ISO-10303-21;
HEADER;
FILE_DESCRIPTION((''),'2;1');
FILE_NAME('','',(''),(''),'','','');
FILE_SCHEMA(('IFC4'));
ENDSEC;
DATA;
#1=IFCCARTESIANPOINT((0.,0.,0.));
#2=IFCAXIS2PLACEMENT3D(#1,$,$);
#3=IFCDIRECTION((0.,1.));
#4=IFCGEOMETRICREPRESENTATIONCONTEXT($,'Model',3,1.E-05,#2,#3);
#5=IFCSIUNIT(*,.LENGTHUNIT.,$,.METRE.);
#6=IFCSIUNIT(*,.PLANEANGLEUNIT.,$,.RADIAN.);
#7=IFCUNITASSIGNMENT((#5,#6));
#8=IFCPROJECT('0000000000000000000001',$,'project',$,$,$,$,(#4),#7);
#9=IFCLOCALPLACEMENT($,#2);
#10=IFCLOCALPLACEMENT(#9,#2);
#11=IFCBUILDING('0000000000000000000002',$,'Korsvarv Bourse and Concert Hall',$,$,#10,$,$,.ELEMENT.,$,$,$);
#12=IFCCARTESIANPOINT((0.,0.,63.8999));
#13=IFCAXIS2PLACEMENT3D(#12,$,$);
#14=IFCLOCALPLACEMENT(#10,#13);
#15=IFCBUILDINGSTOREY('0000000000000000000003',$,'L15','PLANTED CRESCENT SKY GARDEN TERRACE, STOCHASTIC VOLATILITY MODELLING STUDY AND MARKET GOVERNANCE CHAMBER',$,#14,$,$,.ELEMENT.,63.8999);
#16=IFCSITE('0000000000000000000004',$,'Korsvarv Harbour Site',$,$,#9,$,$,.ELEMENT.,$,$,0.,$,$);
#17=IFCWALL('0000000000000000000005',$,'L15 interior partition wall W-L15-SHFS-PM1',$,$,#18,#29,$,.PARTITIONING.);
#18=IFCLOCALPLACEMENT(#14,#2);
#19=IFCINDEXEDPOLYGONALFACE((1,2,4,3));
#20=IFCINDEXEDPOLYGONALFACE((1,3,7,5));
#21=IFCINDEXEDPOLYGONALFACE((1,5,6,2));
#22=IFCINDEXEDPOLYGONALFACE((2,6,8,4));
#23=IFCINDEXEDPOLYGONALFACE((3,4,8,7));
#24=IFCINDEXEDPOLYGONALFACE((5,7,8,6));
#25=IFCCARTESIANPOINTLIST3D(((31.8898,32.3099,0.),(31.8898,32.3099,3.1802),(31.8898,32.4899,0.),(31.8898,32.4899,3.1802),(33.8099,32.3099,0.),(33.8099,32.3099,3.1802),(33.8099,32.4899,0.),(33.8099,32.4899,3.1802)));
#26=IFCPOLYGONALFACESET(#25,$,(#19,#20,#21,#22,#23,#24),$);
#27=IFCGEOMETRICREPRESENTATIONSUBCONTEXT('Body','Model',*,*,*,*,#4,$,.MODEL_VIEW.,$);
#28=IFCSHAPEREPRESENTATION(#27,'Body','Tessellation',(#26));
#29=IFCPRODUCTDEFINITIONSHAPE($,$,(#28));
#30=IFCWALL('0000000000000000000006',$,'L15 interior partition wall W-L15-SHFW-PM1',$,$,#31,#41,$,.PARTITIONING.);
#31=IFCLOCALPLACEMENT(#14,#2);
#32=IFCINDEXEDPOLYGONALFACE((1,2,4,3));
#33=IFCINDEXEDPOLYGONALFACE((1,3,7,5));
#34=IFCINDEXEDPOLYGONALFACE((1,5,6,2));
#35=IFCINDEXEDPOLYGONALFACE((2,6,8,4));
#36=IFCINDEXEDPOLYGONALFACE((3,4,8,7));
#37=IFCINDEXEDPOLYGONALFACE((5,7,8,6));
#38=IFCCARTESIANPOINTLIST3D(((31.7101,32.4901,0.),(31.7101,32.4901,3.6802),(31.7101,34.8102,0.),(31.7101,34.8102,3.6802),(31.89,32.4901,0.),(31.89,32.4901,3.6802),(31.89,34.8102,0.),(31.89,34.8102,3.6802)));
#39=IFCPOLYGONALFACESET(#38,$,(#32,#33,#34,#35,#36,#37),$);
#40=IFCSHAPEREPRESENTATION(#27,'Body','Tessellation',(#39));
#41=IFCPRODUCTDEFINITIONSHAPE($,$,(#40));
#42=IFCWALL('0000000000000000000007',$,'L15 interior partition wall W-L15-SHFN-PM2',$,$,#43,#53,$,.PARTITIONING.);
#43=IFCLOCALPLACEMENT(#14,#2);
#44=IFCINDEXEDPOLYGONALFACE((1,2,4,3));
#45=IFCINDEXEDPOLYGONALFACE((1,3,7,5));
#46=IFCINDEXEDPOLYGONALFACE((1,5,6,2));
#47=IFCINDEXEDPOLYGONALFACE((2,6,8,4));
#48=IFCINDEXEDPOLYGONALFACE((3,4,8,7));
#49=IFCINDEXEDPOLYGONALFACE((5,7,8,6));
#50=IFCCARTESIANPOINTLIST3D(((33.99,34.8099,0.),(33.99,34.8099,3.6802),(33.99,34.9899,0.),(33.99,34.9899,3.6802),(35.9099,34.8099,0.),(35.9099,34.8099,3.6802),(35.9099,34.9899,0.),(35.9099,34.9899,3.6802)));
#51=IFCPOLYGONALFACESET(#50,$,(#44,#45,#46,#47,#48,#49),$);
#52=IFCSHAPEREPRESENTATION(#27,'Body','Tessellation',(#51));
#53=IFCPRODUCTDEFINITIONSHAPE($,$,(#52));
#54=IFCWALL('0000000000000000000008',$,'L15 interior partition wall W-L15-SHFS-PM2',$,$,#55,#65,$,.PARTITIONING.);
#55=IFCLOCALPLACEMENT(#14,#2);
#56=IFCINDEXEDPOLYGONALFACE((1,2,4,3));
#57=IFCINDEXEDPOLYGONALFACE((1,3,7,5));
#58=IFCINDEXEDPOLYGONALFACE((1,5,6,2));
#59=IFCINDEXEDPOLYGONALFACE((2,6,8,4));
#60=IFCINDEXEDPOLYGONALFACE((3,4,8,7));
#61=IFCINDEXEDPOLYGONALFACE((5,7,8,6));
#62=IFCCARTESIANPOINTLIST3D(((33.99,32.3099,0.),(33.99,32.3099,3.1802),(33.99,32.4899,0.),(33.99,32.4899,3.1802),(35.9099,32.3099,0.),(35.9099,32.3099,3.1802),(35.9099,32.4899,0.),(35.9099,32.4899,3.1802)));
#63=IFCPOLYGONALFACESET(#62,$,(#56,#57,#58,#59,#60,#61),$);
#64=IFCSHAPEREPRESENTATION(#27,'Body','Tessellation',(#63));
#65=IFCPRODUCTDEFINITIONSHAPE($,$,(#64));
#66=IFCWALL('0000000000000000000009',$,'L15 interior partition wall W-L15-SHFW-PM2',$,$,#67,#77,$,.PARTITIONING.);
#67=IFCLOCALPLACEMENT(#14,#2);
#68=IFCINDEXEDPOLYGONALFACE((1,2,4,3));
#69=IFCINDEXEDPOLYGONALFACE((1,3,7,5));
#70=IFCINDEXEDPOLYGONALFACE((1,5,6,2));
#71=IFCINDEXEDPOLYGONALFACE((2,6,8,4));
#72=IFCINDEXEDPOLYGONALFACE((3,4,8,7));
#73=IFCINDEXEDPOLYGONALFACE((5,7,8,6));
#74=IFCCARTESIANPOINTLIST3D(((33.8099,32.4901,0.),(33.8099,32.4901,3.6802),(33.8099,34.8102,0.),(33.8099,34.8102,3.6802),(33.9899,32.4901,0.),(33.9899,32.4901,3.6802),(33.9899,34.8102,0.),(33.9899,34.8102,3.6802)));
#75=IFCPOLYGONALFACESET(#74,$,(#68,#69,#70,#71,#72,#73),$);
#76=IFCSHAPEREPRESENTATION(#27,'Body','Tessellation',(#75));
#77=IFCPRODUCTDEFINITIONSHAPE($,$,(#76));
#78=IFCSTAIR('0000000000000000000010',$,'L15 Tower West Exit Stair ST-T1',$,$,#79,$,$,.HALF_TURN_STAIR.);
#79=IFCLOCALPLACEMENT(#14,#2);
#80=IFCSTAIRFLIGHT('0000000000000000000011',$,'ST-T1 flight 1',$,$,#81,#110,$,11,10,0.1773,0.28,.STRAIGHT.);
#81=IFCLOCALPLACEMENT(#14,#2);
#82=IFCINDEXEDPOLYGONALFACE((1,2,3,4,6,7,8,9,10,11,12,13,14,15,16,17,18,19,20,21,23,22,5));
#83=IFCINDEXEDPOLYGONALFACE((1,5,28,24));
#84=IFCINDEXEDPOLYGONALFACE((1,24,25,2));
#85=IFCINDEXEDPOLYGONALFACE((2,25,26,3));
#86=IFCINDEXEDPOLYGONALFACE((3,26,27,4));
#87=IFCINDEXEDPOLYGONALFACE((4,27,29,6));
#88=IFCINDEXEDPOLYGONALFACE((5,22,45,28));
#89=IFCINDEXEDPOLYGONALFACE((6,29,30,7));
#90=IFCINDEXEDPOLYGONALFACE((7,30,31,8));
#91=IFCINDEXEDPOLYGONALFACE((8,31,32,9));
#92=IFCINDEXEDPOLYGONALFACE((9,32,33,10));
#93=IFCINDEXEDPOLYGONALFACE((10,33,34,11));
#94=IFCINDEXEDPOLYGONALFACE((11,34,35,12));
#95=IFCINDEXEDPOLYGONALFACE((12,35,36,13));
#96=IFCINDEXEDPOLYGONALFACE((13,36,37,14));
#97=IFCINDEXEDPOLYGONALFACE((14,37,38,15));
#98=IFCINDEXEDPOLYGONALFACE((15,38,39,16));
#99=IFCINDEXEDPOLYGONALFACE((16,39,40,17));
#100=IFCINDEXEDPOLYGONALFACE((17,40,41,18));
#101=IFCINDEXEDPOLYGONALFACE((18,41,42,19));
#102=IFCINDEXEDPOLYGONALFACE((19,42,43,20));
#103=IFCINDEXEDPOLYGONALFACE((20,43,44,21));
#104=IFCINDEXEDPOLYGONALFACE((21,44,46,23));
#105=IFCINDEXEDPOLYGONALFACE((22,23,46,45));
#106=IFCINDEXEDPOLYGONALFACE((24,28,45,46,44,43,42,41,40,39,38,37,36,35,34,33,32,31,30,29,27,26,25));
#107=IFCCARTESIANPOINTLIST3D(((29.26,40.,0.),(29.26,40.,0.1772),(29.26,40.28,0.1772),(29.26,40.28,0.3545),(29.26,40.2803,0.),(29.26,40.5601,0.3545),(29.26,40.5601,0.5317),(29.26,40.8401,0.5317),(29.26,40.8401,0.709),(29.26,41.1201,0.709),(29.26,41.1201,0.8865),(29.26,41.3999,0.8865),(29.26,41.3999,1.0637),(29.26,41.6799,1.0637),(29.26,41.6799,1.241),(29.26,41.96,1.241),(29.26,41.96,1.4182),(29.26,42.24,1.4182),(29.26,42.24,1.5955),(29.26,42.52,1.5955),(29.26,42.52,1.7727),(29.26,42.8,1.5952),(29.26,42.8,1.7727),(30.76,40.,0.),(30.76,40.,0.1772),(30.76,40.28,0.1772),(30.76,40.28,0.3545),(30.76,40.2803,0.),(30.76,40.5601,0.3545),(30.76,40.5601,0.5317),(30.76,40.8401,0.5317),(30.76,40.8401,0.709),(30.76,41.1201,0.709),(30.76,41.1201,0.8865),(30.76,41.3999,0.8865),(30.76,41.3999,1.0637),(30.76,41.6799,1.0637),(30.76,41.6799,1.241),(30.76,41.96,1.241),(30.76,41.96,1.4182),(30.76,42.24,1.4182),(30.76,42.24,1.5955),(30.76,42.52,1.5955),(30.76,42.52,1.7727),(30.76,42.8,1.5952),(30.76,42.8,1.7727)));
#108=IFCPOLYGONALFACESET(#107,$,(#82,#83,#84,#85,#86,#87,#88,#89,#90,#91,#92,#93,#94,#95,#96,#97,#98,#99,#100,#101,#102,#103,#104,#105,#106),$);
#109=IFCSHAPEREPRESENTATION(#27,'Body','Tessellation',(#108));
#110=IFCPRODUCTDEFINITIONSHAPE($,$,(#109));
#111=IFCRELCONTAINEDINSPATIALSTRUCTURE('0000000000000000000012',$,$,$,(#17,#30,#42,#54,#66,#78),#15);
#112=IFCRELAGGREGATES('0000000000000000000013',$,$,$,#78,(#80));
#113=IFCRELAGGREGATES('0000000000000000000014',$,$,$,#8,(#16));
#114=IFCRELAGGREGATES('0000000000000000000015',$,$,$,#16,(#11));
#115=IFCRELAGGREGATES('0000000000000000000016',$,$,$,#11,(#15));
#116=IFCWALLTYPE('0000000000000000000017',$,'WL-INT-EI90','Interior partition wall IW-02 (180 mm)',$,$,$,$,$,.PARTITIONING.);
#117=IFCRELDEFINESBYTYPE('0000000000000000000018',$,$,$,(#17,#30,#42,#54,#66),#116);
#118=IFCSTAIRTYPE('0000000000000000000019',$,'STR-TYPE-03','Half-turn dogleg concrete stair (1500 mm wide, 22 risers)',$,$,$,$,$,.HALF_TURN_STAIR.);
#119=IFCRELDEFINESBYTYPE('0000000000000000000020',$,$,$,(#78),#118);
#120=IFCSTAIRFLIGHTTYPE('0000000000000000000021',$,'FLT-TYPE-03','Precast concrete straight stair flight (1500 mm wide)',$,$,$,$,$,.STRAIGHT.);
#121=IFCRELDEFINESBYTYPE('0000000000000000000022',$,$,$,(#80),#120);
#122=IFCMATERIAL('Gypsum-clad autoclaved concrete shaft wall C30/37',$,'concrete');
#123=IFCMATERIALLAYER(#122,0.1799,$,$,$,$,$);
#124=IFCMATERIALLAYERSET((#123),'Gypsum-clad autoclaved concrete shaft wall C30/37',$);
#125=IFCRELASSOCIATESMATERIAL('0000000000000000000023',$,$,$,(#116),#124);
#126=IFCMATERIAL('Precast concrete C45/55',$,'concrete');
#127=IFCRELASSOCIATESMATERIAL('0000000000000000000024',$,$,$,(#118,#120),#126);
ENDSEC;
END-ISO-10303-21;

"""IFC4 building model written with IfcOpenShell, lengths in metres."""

from ifc_helpers import new_model, si_unit, direction, frame, frame_2d, origin, place, context, subcontext, project, spatial, polyline, rectangle, outline, extrude, material, layer, layer_set, type_object, element, aggregate, save


model = new_model("IFC4")

# Units and contexts
model_context = context("Model", 3, precision=1e-05, world=origin(), true_north=direction((0.0, 1.0)))
body_context = subcontext(model_context, "Body", "Model", "MODEL_VIEW")
ifc_project = project(units=[si_unit("LENGTHUNIT", "METRE"), si_unit("PLANEANGLEUNIT", "RADIAN")], contexts=[model_context])

# Site, building, storey
site_placement = place(None, origin())
site = spatial("IfcSite", under=ifc_project, at=site_placement, Name="Korsvarv Harbour Site", CompositionType="ELEMENT", RefElevation=0.0)
building_placement = place(site_placement, origin())
building = spatial("IfcBuilding", under=site, at=building_placement, Name="Korsvarv Bourse and Concert Hall", CompositionType="ELEMENT")
storey_placement = place(building_placement, frame((0.0, 0.0, 63.8999)))
storey = spatial("IfcBuildingStorey", under=building, at=storey_placement, Name="L15", Description="PLANTED CRESCENT SKY GARDEN TERRACE, STOCHASTIC VOLATILITY MODELLING STUDY AND MARKET GOVERNANCE CHAMBER", CompositionType="ELEMENT", Elevation=63.8999)

# Shared definitions
ifc_material_1 = material(Name="Gypsum-clad autoclaved concrete shaft wall C30/37", Category="concrete")
ifc_layer_1 = layer(ifc_material_1, 0.1799)
ifc_layer_set_1 = layer_set([ifc_layer_1], Name="Gypsum-clad autoclaved concrete shaft wall C30/37")
wall_type_1 = type_object("IfcWallType", Name="WL-INT-EI90", Description="Interior partition wall IW-02 (180 mm)", PredefinedType="PARTITIONING", material=ifc_layer_set_1)

# Walls
wall_1_placement = place(storey_placement, frame((31.8899, 32.3999, 0.0), z_axis=(0.0, 0.0, 1.0), x_axis=(1.0, 0.0, 0.0)))
element("IfcWall", 1, at=wall_1_placement, inside=storey, type_object=wall_type_1, Name="L15 interior partition wall W-L15-SHFS-PM1", PredefinedType="PARTITIONING", context=body_context, shape_type="SweptSolid", body=[
    extrude(rectangle(XDim=1.9202, YDim=0.1799, at=frame_2d((0.96, 0.0))), origin(), (0.0, 0.0, 1.0), 3.1802),
])
wall_2_placement = place(storey_placement, frame((31.8, 32.49, 0.0), z_axis=(0.0, 0.0, 1.0), x_axis=(0.0, 1.0, 0.0)))
element("IfcWall", 2, at=wall_2_placement, inside=storey, type_object=wall_type_1, Name="L15 interior partition wall W-L15-SHFW-PM1", PredefinedType="PARTITIONING", context=body_context, shape_type="SweptSolid", body=[
    extrude(rectangle(XDim=2.3201, YDim=0.1799, at=frame_2d((1.1602, 0.0))), origin(), (0.0, 0.0, 1.0), 3.6802),
])
wall_3_placement = place(storey_placement, frame((33.99, 34.8999, 0.0), z_axis=(0.0, 0.0, 1.0), x_axis=(1.0, 0.0, 0.0)))
element("IfcWall", 3, at=wall_3_placement, inside=storey, type_object=wall_type_1, Name="L15 interior partition wall W-L15-SHFN-PM2", PredefinedType="PARTITIONING", context=body_context, shape_type="SweptSolid", body=[
    extrude(rectangle(XDim=1.9199, YDim=0.1799, at=frame_2d((0.96, 0.0))), origin(), (0.0, 0.0, 1.0), 3.6802),
])
wall_4_placement = place(storey_placement, frame((33.99, 32.3999, 0.0), z_axis=(0.0, 0.0, 1.0), x_axis=(1.0, 0.0, 0.0)))
element("IfcWall", 4, at=wall_4_placement, inside=storey, type_object=wall_type_1, Name="L15 interior partition wall W-L15-SHFS-PM2", PredefinedType="PARTITIONING", context=body_context, shape_type="SweptSolid", body=[
    extrude(rectangle(XDim=1.9199, YDim=0.1799, at=frame_2d((0.96, 0.0))), origin(), (0.0, 0.0, 1.0), 3.1802),
])
wall_5_placement = place(storey_placement, frame((33.8999, 32.49, 0.0), z_axis=(0.0, 0.0, 1.0), x_axis=(0.0, 1.0, 0.0)))
element("IfcWall", 5, at=wall_5_placement, inside=storey, type_object=wall_type_1, Name="L15 interior partition wall W-L15-SHFW-PM2", PredefinedType="PARTITIONING", context=body_context, shape_type="SweptSolid", body=[
    extrude(rectangle(XDim=2.3201, YDim=0.1799, at=frame_2d((1.1602, 0.0))), origin(), (0.0, 0.0, 1.0), 3.6802),
])

# Stair, stair flight
ifc_material_2 = material(Name="Precast concrete C45/55", Category="concrete")
stair_type = type_object("IfcStairType", Name="STR-TYPE-03", Description="Half-turn dogleg concrete stair (1500 mm wide, 22 risers)", PredefinedType="HALF_TURN_STAIR", material=ifc_material_2)
stair_placement = place(storey_placement, origin())
stair = element("IfcStair", 6, at=stair_placement, inside=storey, type_object=stair_type, Name="L15 Tower West Exit Stair ST-T1", PredefinedType="HALF_TURN_STAIR")
stair_flight_type = type_object("IfcStairFlightType", Name="FLT-TYPE-03", Description="Precast concrete straight stair flight (1500 mm wide)", PredefinedType="STRAIGHT", material=ifc_material_2)
stair_flight_placement = place(storey_placement, frame((30.01, 40.0, 0.0), z_axis=(0.0, 0.0, 1.0), x_axis=(0.0, 1.0, 0.0)))
stair_flight = element("IfcStairFlight", 7, at=stair_flight_placement, type_object=stair_flight_type, Name="ST-T1 flight 1", NumberOfRisers=11, NumberOfTreads=10, PredefinedType="STRAIGHT", RiserHeight=0.1773, TreadLength=0.28, context=body_context, shape_type="SweptSolid", body=[
    extrude(outline(polyline([(0.0, 0.0), (0.0, 0.1772), (0.28, 0.1772), (0.28, 0.3545), (0.5601, 0.3545), (0.5601, 0.5317), (0.8401, 0.5317), (0.8401, 0.709), (1.1201, 0.709), (1.1201, 0.8865), (1.3999, 0.8865), (1.3999, 1.0637), (1.6799, 1.0637), (1.6799, 1.241), (1.96, 1.241), (1.96, 1.4182), (2.24, 1.4182), (2.24, 1.5955), (2.52, 1.5955), (2.52, 1.7727), (2.8, 1.7727), (2.8, 1.95), (2.8, 1.5952), (0.2803, 0.0), (0.0, 0.0)])), frame((0.0, 0.75, 0.0), z_axis=(0.0, -1.0, 0.0), x_axis=(1.0, 0.0, 0.0)), (0.0, 0.0, 1.0), 1.5),
])
aggregate(stair, [stair_flight])

save(model, "model.ifc")
